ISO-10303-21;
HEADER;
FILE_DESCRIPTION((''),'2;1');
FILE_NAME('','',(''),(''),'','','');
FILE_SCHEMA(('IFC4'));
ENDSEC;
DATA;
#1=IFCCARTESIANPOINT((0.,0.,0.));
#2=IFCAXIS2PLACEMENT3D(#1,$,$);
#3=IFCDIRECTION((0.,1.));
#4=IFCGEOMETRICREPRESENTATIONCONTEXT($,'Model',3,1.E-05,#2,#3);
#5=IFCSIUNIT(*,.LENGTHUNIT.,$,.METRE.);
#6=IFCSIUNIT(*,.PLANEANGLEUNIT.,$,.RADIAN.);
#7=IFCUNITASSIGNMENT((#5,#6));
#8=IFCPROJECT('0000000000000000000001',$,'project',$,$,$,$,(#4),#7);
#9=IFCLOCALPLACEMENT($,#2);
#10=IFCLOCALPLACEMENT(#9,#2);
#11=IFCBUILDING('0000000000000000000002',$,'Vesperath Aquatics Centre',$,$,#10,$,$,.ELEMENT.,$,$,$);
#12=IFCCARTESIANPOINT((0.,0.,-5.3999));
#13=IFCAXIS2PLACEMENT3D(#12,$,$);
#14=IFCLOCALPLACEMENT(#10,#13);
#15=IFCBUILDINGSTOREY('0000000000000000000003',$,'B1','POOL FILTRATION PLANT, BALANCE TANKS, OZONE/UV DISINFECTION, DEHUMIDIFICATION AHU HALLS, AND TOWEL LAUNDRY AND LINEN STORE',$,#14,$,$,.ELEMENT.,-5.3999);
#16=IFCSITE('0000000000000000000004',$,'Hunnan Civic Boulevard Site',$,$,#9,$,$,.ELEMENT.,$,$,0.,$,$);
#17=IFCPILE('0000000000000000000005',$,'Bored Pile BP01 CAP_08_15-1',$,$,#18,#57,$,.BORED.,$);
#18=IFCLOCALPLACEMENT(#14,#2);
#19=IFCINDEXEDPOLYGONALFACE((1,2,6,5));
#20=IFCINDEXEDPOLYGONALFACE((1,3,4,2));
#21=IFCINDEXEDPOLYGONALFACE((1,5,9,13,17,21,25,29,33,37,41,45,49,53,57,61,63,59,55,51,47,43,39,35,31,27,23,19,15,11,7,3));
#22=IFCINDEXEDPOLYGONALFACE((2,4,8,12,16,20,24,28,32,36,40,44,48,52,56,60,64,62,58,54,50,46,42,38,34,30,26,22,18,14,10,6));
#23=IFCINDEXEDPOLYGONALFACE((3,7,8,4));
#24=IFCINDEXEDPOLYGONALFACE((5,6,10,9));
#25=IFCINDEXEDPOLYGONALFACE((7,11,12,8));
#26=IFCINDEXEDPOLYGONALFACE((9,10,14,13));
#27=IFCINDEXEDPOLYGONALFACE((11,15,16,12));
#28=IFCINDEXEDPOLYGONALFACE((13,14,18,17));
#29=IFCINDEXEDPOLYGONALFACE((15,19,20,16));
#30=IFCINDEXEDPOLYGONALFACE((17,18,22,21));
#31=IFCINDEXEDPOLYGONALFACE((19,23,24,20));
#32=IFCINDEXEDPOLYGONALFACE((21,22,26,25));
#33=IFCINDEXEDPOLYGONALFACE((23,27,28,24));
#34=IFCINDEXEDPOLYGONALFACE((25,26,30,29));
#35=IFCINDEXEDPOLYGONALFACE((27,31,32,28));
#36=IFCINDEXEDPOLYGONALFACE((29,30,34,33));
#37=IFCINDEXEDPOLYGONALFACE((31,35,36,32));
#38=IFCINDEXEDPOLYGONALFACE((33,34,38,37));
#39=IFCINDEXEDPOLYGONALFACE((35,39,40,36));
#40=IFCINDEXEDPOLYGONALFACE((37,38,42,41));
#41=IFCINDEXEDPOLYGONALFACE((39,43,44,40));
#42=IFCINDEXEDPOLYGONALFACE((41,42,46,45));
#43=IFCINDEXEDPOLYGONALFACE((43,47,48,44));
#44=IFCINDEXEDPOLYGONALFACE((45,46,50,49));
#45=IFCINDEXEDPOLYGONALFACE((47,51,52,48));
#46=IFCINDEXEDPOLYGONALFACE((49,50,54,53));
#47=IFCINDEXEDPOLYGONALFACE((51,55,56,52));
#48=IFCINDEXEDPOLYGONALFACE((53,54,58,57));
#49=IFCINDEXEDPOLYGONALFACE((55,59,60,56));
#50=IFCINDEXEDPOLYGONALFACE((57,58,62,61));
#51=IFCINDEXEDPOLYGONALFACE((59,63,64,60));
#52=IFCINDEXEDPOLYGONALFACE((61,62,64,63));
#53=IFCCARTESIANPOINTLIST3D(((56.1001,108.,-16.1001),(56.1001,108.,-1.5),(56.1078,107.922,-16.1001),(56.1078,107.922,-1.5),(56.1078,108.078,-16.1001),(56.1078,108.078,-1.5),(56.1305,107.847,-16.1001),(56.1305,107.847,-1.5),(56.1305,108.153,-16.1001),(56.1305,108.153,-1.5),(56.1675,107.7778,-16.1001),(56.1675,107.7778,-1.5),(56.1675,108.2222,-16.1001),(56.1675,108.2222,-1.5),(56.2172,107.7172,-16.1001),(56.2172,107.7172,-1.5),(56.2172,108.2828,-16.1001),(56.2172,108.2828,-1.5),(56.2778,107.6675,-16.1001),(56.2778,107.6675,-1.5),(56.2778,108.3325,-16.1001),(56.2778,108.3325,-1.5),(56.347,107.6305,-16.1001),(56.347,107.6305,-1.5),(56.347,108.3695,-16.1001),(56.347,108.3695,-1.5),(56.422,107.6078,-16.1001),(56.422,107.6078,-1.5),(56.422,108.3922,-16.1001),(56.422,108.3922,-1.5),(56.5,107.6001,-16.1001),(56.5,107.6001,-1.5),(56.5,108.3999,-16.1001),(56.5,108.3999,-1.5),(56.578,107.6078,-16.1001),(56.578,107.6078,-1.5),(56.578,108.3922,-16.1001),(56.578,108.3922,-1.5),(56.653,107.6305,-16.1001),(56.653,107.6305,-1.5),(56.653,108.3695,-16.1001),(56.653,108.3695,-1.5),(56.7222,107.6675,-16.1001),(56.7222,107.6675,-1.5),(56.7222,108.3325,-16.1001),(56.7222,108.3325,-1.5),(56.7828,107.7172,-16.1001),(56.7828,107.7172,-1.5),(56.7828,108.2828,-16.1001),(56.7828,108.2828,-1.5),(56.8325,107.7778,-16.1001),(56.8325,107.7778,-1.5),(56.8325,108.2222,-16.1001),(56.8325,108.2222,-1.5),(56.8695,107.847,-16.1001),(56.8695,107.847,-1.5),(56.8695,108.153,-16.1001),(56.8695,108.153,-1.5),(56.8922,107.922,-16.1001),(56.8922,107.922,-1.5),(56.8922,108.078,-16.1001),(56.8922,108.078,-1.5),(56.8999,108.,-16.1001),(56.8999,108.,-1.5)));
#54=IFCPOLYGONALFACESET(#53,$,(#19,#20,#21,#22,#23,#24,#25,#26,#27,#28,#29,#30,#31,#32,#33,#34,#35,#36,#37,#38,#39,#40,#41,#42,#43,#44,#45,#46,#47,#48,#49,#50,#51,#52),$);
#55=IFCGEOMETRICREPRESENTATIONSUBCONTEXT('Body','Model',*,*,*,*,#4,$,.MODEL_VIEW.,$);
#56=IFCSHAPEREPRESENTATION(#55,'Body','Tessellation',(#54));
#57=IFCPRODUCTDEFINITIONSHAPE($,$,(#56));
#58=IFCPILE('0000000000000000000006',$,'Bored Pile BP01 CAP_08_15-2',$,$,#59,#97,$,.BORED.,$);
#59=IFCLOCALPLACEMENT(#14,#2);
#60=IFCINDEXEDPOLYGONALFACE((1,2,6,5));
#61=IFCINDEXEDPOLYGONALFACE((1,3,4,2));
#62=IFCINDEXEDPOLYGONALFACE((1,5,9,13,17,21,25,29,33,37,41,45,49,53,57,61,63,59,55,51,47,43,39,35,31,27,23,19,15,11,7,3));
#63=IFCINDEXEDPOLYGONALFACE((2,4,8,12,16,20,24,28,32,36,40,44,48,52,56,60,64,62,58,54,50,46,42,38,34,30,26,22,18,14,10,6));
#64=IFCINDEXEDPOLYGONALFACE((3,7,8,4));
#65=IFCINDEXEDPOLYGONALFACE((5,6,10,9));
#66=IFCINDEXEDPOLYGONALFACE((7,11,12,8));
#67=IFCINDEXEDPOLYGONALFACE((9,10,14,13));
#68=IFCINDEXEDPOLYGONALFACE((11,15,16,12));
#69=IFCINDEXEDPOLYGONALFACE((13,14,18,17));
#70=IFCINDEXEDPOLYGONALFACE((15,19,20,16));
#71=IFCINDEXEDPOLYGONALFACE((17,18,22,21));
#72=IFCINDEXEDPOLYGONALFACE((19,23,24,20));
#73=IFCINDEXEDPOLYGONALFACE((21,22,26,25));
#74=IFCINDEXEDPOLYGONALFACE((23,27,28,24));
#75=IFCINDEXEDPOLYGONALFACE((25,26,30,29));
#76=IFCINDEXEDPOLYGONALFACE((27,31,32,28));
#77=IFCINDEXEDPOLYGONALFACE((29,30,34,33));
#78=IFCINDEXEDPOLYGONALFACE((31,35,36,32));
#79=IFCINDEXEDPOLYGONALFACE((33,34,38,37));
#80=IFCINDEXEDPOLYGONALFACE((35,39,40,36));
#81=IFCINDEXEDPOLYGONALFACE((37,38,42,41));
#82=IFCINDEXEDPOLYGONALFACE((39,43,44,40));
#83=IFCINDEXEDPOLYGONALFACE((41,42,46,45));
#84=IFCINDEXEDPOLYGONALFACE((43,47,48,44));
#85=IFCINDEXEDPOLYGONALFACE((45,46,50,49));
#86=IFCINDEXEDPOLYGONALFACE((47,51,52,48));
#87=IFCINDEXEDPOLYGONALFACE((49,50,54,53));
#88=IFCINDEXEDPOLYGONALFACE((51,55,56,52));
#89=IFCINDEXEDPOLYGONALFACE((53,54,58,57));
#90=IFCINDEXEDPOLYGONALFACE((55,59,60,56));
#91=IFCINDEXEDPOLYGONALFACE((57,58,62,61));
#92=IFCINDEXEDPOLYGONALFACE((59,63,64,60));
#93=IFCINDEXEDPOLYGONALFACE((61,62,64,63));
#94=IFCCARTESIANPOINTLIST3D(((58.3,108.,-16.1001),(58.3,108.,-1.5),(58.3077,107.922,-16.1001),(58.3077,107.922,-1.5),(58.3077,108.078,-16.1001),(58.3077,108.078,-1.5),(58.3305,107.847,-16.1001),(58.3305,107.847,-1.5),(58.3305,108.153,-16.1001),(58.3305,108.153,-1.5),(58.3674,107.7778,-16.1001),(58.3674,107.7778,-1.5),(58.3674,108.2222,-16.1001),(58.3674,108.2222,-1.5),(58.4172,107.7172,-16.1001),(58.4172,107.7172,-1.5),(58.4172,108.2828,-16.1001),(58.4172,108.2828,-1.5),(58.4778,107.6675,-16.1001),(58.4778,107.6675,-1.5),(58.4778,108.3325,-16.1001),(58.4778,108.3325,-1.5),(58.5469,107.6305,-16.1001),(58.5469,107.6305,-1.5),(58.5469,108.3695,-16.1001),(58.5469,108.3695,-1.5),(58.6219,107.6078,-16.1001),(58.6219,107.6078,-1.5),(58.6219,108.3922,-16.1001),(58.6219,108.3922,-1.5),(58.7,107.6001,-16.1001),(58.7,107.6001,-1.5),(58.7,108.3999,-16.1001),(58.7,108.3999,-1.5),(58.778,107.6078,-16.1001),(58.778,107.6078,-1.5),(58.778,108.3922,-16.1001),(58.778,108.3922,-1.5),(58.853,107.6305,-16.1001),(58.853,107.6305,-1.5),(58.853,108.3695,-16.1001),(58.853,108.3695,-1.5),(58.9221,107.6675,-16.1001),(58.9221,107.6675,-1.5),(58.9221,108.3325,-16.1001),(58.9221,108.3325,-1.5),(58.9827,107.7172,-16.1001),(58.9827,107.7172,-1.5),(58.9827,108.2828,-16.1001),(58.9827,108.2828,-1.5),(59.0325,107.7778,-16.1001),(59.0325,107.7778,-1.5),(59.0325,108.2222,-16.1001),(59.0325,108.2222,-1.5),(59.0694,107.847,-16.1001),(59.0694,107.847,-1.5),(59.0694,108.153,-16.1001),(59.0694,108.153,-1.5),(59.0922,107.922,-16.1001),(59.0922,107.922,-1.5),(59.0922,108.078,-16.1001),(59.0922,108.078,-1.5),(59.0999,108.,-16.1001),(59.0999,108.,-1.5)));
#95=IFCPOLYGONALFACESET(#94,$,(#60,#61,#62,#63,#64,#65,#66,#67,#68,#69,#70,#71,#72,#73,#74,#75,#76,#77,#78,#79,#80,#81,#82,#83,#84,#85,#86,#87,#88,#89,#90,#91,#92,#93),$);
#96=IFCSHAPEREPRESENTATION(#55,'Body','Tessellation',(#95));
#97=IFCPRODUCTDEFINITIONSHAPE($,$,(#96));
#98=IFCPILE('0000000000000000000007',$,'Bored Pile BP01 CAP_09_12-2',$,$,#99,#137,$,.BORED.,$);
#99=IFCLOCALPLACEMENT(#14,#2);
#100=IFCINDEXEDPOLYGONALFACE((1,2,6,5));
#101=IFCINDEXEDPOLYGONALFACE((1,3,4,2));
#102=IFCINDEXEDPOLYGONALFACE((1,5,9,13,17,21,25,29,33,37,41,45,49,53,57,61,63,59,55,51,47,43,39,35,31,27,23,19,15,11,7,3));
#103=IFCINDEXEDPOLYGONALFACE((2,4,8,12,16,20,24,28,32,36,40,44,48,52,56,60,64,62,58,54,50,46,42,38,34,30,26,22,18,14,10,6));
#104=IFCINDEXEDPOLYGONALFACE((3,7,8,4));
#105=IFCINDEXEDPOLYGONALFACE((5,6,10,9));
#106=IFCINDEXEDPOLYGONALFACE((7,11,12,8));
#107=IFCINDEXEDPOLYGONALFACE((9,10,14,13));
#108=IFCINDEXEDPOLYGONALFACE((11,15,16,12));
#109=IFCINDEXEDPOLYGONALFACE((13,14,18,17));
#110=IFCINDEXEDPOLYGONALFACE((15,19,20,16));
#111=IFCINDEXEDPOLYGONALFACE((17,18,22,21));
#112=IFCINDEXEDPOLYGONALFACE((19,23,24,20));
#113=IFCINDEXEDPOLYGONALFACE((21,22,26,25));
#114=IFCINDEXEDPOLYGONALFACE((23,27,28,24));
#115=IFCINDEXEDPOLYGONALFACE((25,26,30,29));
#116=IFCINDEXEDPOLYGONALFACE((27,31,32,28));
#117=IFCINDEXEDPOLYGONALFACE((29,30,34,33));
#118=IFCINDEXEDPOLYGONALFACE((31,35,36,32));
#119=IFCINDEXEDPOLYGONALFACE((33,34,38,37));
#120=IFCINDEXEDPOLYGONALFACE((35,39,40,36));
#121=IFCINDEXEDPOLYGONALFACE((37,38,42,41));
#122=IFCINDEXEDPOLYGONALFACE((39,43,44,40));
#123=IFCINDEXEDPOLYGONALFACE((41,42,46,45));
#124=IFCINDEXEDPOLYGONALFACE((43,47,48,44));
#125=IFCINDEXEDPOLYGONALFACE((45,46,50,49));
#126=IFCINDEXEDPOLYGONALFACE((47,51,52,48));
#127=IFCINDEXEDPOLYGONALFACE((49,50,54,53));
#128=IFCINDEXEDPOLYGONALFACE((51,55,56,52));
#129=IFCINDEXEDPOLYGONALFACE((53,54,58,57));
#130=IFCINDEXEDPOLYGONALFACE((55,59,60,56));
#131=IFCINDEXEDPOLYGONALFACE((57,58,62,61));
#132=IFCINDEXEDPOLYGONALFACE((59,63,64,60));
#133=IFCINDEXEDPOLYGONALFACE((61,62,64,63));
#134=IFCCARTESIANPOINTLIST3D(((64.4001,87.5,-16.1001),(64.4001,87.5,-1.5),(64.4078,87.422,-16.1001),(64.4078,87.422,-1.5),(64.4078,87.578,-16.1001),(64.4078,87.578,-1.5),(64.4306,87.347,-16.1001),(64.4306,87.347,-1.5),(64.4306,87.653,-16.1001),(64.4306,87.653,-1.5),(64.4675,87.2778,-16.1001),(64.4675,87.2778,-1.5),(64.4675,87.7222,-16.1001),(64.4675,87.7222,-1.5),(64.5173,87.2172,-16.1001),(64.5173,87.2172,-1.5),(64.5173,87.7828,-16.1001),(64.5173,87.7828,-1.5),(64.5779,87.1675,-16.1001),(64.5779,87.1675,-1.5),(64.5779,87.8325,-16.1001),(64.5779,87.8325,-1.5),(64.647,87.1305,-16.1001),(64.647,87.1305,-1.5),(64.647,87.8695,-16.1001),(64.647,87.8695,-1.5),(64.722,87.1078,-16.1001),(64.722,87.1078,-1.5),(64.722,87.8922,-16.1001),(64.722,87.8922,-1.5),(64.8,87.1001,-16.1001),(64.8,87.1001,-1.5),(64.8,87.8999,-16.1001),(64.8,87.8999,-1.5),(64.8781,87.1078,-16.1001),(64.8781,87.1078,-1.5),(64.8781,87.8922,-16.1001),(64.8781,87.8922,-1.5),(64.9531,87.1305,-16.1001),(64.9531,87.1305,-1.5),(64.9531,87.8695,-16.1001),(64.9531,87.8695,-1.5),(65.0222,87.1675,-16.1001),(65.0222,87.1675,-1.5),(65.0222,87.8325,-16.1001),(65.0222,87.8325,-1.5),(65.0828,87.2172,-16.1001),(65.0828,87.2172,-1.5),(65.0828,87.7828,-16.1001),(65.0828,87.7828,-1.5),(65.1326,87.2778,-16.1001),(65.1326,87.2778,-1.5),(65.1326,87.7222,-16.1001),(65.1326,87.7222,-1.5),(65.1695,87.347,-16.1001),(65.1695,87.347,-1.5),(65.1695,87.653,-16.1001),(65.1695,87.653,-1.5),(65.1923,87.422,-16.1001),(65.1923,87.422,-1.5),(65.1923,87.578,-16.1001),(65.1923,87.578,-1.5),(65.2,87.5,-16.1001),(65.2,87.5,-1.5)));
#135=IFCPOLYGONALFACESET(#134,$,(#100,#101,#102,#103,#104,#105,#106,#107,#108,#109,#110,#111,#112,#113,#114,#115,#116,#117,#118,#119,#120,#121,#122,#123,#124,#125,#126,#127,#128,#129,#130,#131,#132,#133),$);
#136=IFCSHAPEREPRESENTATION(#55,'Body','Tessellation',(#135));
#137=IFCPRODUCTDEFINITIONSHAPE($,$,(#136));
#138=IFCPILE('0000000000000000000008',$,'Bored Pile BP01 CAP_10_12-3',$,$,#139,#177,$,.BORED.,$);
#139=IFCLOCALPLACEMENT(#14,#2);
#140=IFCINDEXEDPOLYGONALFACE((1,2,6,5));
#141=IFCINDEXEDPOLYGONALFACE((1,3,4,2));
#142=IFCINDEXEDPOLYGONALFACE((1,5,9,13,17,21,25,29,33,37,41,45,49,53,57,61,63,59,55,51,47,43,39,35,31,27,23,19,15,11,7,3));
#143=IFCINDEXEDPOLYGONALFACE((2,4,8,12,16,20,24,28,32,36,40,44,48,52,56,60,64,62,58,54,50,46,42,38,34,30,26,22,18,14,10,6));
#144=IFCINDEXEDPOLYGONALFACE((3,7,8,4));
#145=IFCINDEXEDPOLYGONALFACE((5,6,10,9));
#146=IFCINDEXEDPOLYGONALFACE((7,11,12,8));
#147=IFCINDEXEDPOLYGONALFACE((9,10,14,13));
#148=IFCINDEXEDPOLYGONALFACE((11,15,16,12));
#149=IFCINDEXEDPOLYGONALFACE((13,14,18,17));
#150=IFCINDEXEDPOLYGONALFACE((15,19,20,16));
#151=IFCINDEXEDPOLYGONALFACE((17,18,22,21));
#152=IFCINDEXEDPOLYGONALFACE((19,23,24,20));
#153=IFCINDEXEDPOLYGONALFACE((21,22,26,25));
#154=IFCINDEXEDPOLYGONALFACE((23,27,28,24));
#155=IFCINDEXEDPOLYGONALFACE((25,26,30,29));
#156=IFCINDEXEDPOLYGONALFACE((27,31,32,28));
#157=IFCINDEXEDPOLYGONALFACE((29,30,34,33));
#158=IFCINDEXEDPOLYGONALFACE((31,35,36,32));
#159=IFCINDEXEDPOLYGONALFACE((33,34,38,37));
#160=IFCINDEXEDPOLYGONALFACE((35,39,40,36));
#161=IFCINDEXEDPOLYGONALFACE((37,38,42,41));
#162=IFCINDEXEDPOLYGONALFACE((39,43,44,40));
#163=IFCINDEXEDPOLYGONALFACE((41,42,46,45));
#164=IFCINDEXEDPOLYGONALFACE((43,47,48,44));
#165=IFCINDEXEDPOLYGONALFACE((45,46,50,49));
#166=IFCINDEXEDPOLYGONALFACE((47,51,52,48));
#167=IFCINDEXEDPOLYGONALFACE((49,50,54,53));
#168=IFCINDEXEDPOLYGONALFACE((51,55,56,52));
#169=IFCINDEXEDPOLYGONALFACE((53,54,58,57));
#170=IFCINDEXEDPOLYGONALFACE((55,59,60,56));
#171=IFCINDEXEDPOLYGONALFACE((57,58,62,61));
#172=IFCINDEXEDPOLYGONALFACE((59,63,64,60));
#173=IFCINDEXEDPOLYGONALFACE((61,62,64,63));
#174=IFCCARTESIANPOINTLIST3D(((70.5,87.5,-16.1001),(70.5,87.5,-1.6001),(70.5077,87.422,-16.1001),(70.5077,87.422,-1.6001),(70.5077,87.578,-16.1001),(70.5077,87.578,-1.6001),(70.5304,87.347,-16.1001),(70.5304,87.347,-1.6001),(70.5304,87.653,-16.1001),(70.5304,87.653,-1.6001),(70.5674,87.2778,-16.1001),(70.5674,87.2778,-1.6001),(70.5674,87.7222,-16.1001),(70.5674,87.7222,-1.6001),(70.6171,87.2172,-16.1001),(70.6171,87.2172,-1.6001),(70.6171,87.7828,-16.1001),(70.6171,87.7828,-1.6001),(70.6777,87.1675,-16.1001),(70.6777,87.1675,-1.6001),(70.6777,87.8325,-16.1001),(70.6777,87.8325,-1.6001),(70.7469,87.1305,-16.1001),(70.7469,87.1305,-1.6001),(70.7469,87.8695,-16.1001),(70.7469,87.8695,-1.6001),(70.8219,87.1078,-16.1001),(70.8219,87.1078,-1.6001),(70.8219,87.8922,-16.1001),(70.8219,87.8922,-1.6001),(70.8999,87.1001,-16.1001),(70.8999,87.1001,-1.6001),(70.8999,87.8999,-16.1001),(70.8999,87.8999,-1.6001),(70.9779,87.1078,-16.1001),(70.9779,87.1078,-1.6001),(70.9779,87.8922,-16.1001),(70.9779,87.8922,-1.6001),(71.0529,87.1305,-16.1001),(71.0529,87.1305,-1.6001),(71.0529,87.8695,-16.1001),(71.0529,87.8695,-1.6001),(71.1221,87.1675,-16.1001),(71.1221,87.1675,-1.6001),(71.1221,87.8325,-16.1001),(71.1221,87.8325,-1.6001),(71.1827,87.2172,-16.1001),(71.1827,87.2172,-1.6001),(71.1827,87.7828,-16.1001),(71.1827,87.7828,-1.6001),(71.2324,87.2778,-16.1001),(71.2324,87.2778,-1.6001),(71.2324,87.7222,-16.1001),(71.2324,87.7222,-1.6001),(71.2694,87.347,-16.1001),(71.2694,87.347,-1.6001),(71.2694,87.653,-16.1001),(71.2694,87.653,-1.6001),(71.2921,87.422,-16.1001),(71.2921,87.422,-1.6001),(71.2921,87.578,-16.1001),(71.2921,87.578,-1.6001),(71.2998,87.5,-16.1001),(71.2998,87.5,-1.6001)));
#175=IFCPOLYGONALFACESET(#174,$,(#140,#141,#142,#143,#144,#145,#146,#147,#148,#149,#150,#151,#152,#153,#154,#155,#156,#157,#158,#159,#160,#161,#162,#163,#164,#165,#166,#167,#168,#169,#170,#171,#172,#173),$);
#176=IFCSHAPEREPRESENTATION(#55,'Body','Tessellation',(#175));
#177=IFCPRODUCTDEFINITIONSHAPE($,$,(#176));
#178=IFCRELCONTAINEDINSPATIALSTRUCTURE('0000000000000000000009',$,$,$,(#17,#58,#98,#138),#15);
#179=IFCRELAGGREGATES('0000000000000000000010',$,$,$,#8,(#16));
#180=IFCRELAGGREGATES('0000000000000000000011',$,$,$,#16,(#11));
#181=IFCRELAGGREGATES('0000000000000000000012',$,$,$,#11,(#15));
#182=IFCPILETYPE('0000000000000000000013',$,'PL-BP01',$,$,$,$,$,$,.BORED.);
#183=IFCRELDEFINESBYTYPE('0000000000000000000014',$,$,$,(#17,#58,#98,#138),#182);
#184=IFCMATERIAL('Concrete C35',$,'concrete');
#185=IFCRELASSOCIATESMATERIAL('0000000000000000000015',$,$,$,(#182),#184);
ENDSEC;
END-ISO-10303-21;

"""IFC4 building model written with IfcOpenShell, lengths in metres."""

from ifc_helpers import new_model, si_unit, direction, frame, origin, origin_2d, place, context, subcontext, project, spatial, circle, extrude, material, material_profile, profile_set, type_object, element, save


model = new_model("IFC4")

# Units and contexts
model_context = context("Model", 3, precision=1e-05, world=origin(), true_north=direction((0.0, 1.0)))
body_context = subcontext(model_context, "Body", "Model", "MODEL_VIEW")
ifc_project = project(units=[si_unit("LENGTHUNIT", "METRE"), si_unit("PLANEANGLEUNIT", "RADIAN")], contexts=[model_context])

# Site, building, storey
site_placement = place(None, origin())
site = spatial("IfcSite", under=ifc_project, at=site_placement, Name="Hunnan Civic Boulevard Site", CompositionType="ELEMENT", RefElevation=0.0)
building_placement = place(site_placement, origin())
building = spatial("IfcBuilding", under=site, at=building_placement, Name="Vesperath Aquatics Centre", CompositionType="ELEMENT")
storey_placement = place(building_placement, frame((0.0, 0.0, -5.3999)))
storey = spatial("IfcBuildingStorey", under=building, at=storey_placement, Name="B1", Description="POOL FILTRATION PLANT, BALANCE TANKS, OZONE/UV DISINFECTION, DEHUMIDIFICATION AHU HALLS, AND TOWEL LAUNDRY AND LINEN STORE", CompositionType="ELEMENT", Elevation=-5.3999)

# Piles
ifc_material_1 = material(Name="Concrete C35", Category="concrete")
ifc_material_profile_1 = material_profile(ifc_material_1, circle(Radius=0.3999, at=origin_2d()), Name="PILE D800")
ifc_profile_set_1 = profile_set([ifc_material_profile_1], Name="Concrete C35")
pile_type_1 = type_object("IfcPileType", Name="PL-BP01", PredefinedType="BORED", material=ifc_profile_set_1)
for number, where, z_axis, x_axis, name in (
    (1, (56.5, 108.0, -1.5), (0.0, 0.0, -1.0), (1.0, 0.0, 0.0), "Bored Pile BP01 CAP_08_15-1"),
    (2, (58.7, 108.0, -1.5), (0.0, 0.0, -1.0), (1.0, 0.0, 0.0), "Bored Pile BP01 CAP_08_15-2"),
    (3, (64.8, 87.5, -1.5), (0.0, 0.0, -1.0), (1.0, 0.0, 0.0), "Bored Pile BP01 CAP_09_12-2"),
):
    element("IfcPile", number, at=place(storey_placement, frame(where, z_axis=z_axis, x_axis=x_axis)), inside=storey, type_object=pile_type_1, Name=name, PredefinedType="BORED", context=body_context, shape_type="SweptSolid", body=[
        extrude(circle(Radius=0.3999, at=origin_2d()), origin(), (0.0, 0.0, 1.0), 14.6001),
    ])
for number, where, z_axis, x_axis, name in (
    (4, (70.8999, 87.5, -1.6001), (0.0, 0.0, -1.0), (1.0, 0.0, 0.0), "Bored Pile BP01 CAP_10_12-3"),
):
    element("IfcPile", number, at=place(storey_placement, frame(where, z_axis=z_axis, x_axis=x_axis)), inside=storey, type_object=pile_type_1, Name=name, PredefinedType="BORED", context=body_context, shape_type="SweptSolid", body=[
        extrude(circle(Radius=0.3999, at=origin_2d()), origin(), (0.0, 0.0, 1.0), 14.5),
    ])

save(model, "model.ifc")
